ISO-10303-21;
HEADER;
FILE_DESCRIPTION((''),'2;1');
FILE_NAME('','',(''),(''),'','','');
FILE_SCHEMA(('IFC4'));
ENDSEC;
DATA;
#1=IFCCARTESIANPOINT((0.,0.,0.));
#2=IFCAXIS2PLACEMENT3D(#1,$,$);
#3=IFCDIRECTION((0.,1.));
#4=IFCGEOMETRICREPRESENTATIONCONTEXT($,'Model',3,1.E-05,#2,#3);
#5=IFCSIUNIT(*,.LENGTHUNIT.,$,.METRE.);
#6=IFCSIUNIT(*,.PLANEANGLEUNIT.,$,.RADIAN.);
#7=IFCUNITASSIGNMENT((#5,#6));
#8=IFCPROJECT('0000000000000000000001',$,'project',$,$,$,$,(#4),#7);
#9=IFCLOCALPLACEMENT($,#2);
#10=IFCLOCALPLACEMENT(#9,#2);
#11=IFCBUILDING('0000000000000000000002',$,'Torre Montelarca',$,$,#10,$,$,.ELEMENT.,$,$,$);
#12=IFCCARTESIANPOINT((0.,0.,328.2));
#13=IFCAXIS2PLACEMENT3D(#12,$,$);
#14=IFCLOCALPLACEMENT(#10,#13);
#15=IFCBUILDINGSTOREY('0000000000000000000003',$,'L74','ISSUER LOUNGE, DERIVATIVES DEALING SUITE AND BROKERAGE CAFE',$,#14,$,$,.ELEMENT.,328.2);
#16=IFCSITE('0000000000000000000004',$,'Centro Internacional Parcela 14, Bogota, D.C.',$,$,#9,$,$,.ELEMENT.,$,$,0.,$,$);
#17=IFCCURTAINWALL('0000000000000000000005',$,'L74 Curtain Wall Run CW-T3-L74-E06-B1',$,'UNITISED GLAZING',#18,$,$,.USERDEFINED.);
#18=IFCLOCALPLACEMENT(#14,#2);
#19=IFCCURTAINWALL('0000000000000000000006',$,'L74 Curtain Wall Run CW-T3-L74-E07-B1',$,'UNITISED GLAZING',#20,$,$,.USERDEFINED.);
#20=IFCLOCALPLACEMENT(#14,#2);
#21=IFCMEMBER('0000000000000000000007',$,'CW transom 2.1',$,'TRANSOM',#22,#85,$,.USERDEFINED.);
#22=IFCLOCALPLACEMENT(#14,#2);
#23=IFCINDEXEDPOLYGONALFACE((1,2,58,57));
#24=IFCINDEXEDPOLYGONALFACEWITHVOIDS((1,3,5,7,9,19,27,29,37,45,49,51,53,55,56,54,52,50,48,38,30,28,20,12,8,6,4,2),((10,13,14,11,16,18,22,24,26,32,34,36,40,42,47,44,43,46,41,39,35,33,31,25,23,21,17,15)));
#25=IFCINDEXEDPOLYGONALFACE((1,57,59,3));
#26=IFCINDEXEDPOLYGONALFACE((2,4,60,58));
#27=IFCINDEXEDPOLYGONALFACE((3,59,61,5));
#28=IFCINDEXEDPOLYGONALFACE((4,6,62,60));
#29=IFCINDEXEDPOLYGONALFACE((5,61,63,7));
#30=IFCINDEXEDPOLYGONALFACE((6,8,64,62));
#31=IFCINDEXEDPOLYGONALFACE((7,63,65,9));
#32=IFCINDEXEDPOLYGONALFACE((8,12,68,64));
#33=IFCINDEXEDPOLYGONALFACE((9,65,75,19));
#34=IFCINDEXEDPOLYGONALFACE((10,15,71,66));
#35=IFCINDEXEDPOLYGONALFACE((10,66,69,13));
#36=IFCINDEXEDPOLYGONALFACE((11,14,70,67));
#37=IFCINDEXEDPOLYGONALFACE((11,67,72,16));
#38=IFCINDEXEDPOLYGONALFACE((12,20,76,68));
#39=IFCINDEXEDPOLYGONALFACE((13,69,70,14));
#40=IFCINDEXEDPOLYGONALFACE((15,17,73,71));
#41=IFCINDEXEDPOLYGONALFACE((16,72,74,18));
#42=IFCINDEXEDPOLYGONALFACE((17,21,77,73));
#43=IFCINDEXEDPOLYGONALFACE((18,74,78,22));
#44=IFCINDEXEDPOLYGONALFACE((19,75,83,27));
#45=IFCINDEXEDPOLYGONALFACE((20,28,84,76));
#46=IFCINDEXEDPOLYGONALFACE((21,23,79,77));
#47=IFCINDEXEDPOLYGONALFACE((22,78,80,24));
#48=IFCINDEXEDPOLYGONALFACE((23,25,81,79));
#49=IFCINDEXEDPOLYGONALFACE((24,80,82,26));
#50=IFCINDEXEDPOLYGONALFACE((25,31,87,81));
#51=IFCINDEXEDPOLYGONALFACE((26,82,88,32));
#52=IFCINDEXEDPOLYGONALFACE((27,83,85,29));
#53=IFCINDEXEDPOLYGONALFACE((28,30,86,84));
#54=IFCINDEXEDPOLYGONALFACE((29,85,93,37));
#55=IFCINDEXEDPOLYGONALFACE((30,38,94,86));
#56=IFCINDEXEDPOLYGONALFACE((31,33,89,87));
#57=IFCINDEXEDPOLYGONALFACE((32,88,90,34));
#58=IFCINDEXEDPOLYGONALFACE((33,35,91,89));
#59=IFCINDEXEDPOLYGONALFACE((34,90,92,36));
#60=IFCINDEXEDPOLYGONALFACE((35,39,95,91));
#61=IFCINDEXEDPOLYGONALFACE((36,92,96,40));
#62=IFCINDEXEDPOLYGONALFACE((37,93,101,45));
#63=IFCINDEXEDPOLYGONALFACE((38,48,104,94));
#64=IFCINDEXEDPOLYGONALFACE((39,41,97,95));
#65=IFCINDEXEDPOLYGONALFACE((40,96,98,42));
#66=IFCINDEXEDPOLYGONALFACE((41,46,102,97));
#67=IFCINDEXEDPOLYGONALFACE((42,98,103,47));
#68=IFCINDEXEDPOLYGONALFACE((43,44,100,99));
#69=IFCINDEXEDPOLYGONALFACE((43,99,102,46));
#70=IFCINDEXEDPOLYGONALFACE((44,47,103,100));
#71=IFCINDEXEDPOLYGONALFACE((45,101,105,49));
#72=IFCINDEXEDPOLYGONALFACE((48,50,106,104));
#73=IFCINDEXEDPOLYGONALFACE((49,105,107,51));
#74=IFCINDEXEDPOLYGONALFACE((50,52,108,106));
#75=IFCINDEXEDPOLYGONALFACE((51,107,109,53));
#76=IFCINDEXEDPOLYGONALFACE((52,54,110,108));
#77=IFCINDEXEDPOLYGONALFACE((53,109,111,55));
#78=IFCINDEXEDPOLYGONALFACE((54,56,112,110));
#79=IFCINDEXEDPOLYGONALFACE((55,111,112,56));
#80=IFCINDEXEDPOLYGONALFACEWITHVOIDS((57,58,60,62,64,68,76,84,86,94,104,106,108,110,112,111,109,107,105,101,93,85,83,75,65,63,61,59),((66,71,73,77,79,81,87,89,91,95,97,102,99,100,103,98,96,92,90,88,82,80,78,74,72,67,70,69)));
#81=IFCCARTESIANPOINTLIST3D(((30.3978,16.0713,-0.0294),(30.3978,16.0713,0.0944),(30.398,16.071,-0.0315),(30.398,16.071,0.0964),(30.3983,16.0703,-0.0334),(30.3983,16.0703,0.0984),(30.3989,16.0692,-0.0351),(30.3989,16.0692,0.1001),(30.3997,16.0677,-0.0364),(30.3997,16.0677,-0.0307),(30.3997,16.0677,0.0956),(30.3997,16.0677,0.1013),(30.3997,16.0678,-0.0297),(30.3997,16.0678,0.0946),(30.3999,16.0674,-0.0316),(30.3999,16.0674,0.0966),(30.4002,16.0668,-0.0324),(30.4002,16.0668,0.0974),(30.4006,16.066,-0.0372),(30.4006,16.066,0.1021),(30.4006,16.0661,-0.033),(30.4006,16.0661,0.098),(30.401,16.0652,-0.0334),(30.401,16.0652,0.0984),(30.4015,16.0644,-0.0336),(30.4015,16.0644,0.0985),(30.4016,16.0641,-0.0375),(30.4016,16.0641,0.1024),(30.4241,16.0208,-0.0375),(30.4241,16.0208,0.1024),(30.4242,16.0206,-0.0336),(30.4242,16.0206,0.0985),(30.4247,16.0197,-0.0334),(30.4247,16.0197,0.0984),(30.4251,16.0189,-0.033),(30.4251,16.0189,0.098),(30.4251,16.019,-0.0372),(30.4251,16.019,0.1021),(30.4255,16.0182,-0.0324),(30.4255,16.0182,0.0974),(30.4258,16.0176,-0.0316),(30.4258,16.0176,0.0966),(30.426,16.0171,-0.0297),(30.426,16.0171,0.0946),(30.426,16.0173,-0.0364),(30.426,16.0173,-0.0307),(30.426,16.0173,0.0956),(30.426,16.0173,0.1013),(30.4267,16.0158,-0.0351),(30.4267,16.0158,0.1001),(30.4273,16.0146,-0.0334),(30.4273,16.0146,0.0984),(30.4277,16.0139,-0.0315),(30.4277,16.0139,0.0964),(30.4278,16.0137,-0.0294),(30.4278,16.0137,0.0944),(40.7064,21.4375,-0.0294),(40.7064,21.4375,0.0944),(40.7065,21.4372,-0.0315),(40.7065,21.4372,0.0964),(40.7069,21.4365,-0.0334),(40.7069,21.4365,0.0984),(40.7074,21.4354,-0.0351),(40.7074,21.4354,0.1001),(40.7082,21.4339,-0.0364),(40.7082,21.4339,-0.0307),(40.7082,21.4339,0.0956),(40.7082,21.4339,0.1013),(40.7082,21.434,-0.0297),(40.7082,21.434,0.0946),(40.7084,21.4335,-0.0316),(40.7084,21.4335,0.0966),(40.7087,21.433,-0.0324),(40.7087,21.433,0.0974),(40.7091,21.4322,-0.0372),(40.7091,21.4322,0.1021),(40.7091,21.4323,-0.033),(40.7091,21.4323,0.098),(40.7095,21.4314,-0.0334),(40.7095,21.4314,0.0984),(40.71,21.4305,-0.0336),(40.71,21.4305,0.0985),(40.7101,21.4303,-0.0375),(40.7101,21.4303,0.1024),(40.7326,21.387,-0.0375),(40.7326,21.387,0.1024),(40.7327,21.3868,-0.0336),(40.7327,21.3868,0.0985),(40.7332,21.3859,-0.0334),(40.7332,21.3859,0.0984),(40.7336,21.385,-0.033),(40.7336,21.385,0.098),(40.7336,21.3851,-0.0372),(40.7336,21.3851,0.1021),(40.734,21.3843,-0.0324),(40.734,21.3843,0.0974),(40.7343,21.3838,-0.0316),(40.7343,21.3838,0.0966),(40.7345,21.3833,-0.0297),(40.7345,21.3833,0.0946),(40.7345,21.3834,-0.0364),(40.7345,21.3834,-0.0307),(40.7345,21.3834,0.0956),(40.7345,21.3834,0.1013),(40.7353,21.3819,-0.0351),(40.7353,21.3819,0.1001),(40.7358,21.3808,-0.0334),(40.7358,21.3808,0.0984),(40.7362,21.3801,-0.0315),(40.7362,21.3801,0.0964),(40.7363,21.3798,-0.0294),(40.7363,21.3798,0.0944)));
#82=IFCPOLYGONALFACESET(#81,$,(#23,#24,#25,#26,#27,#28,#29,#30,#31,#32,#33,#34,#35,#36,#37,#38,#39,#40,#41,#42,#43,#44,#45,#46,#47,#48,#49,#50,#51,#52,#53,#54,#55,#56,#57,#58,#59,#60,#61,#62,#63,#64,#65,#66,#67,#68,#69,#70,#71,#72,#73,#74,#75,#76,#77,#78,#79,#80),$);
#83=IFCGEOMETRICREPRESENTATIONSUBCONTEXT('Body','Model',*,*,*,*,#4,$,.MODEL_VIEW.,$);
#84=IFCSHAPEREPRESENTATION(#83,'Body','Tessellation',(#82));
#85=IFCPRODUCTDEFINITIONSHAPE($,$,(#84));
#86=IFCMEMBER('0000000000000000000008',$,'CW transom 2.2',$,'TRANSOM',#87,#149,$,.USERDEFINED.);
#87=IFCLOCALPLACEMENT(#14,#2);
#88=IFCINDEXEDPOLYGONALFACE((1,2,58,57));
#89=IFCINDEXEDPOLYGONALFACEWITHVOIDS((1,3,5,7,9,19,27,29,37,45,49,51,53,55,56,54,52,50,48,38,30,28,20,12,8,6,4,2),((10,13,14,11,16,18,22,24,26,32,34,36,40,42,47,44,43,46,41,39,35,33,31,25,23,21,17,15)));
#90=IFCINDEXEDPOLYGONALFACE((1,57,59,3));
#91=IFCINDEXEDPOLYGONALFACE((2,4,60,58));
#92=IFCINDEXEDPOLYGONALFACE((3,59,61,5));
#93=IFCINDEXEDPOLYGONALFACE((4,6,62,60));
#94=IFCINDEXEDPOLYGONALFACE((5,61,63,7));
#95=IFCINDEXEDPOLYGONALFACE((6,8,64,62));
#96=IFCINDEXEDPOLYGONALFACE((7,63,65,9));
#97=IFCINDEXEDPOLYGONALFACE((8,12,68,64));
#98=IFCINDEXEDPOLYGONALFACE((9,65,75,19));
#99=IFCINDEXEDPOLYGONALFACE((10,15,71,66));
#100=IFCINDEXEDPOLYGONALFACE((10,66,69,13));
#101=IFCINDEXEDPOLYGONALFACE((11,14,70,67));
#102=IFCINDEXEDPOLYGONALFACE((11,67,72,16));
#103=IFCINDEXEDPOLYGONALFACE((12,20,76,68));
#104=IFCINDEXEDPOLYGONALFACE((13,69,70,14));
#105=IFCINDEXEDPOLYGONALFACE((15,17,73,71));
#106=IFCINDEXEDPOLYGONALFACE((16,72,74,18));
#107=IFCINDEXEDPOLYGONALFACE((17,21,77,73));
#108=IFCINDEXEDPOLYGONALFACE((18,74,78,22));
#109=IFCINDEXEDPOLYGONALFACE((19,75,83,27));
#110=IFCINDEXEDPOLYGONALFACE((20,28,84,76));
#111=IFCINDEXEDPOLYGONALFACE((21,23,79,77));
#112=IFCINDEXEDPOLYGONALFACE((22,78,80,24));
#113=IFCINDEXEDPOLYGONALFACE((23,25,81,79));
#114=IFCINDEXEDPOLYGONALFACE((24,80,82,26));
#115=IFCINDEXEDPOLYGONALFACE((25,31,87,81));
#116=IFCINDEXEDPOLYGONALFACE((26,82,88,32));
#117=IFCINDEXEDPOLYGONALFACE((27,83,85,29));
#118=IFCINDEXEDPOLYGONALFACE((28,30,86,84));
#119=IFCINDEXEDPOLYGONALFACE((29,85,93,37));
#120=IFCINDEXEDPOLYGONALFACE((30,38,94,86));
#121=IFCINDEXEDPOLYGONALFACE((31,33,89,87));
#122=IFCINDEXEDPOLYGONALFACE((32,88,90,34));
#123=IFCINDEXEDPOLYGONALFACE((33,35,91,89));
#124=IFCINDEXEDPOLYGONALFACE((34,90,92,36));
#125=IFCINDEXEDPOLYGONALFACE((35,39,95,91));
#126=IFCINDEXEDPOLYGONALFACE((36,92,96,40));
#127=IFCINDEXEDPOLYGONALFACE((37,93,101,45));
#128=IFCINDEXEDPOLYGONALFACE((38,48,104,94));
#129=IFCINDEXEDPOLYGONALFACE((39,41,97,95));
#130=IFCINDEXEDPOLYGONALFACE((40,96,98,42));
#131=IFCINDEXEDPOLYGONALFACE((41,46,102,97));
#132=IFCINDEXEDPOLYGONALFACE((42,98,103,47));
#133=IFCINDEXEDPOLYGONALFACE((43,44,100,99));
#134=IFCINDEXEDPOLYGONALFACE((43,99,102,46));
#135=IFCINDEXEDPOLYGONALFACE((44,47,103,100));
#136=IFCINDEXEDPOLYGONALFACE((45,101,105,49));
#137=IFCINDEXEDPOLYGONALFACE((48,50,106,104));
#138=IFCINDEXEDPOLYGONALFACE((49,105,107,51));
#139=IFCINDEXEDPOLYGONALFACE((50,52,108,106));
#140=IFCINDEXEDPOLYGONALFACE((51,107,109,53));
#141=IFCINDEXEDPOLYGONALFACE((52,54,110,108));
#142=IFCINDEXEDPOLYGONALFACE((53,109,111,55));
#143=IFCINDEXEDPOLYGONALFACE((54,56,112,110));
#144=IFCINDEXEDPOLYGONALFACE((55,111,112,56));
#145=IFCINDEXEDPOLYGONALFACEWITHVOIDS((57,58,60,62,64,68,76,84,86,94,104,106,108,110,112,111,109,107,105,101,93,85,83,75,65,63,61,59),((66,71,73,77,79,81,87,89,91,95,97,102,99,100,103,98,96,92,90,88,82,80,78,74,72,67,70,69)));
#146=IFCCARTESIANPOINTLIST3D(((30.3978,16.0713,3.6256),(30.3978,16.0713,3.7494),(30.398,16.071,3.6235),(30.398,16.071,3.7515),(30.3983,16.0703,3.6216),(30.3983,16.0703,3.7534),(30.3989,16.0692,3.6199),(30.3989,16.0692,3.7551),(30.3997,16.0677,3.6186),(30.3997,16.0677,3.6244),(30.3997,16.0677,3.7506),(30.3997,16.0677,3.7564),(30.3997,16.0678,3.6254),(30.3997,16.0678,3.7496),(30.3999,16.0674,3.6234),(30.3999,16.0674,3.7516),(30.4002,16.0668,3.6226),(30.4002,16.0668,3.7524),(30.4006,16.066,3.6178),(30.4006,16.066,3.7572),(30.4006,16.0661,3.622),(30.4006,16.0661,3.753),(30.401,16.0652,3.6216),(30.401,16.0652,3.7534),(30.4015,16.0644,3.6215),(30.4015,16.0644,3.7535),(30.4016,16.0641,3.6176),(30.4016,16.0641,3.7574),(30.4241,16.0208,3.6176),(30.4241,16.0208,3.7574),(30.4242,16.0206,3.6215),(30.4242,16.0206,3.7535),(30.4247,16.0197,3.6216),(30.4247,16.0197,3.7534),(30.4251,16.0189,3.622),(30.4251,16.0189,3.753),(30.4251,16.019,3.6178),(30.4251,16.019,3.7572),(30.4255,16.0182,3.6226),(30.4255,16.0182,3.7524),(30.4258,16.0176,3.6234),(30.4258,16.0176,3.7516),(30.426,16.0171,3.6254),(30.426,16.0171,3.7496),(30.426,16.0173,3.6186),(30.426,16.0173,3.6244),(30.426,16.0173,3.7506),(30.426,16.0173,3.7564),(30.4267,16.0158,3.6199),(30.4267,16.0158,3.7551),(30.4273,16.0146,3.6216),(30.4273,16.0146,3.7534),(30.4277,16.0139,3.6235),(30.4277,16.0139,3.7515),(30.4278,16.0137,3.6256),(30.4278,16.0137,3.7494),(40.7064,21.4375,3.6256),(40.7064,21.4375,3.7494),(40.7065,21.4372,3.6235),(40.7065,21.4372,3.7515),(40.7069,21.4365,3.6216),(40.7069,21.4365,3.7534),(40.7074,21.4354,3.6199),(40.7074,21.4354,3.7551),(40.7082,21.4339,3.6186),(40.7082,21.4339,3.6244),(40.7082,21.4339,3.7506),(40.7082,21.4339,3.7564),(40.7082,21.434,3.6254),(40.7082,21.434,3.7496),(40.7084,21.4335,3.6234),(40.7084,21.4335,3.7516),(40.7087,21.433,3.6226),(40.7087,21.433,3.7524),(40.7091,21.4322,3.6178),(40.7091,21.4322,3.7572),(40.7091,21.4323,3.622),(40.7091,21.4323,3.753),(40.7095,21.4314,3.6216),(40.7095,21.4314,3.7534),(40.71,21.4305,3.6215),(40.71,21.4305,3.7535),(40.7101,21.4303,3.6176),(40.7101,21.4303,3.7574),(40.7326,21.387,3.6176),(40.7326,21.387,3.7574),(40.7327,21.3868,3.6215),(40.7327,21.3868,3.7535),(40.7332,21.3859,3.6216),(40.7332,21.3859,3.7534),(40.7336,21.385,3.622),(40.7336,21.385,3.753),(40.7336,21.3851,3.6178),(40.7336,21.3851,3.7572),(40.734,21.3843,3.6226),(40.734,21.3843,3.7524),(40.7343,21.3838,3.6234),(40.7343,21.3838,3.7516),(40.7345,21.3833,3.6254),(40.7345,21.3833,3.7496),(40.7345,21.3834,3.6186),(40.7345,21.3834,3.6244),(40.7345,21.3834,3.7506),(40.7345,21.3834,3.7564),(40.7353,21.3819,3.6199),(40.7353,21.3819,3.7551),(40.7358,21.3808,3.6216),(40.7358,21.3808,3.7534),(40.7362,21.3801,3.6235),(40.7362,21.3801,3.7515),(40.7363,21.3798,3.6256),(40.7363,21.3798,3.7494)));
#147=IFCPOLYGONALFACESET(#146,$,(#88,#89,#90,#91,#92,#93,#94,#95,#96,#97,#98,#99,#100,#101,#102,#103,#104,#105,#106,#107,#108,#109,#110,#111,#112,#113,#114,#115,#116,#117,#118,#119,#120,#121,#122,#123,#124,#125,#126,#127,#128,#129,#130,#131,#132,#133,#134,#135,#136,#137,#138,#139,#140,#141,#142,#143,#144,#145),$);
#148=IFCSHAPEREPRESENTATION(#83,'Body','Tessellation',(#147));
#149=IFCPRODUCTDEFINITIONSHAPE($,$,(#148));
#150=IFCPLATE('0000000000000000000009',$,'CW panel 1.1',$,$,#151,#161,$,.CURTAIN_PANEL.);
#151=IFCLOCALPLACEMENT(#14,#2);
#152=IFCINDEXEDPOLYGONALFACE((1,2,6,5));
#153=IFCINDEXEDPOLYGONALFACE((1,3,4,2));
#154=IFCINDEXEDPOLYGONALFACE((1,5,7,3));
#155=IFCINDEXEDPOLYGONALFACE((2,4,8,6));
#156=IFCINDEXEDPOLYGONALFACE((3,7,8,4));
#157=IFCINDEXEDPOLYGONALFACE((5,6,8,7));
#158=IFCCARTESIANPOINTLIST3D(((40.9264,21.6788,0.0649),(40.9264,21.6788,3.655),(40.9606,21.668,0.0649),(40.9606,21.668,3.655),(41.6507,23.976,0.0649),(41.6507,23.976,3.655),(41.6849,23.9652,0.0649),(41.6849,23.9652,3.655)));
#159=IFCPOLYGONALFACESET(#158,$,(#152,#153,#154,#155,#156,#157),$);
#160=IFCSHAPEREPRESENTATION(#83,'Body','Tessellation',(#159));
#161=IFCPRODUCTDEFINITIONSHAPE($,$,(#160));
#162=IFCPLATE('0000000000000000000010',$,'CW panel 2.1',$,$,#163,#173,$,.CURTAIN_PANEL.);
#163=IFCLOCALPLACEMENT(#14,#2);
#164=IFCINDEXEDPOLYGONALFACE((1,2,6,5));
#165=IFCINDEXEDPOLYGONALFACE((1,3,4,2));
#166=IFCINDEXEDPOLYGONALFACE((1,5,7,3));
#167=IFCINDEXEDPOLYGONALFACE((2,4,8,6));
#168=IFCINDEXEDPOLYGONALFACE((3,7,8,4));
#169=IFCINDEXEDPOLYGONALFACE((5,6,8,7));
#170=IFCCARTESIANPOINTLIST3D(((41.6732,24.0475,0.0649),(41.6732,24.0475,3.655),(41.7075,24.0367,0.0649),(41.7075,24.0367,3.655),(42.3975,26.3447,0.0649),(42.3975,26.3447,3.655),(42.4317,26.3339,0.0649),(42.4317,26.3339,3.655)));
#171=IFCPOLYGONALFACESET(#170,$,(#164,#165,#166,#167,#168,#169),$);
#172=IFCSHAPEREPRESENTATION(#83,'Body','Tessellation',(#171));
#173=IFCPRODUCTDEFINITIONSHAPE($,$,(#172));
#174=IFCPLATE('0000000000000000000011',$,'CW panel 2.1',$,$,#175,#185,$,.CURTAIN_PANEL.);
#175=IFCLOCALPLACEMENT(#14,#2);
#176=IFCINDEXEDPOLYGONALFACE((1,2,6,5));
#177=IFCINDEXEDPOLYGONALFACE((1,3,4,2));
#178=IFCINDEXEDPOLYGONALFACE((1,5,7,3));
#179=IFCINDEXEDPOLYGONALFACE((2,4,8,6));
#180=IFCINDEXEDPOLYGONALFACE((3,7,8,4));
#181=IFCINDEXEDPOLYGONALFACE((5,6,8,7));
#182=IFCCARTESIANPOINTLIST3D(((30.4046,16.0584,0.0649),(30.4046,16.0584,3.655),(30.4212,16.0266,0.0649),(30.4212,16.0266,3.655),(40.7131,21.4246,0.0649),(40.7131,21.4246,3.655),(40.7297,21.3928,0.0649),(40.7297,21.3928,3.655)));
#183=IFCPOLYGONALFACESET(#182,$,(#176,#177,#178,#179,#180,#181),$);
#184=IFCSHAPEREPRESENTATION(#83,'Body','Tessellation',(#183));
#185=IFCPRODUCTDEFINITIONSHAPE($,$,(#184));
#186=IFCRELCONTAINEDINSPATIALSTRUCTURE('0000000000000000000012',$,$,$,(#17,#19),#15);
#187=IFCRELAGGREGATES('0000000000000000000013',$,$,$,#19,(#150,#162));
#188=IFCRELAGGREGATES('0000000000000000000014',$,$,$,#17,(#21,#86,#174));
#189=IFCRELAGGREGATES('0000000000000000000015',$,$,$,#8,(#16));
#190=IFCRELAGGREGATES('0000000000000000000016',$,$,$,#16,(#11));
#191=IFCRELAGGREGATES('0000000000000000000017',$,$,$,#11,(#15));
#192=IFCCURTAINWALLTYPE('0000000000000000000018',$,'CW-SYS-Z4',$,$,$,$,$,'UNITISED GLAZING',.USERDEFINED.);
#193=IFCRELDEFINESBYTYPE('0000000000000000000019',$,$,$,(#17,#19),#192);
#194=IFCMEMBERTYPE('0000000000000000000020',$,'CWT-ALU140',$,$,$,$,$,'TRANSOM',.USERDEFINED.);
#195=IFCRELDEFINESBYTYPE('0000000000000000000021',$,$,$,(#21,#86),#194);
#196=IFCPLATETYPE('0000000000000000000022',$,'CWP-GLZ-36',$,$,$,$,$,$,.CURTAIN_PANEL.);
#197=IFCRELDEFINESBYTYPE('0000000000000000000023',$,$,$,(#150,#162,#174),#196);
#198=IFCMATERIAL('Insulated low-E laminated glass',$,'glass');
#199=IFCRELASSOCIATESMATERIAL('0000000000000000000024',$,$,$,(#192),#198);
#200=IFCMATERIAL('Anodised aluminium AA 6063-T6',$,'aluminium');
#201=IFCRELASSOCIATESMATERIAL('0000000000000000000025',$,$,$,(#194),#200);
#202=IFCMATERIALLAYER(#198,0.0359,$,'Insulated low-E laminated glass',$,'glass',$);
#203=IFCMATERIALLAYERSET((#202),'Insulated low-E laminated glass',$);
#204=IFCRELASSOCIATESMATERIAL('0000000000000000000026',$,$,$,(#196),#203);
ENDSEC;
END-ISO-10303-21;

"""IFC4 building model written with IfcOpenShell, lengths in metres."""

from ifc_helpers import new_model, si_unit, direction, frame, origin, origin_2d, place, context, subcontext, project, spatial, rectangle, hollow_rectangle, extrude, source, transform, mapped, material, layer, layer_set, material_profile, profile_set, type_object, element, aggregate, save


model = new_model("IFC4")

# Units and contexts
model_context = context("Model", 3, precision=1e-05, world=origin(), true_north=direction((0.0, 1.0)))
body_context = subcontext(model_context, "Body", "Model", "MODEL_VIEW")
ifc_project = project(units=[si_unit("LENGTHUNIT", "METRE"), si_unit("PLANEANGLEUNIT", "RADIAN")], contexts=[model_context])

# Site, building, storey
site_placement = place(None, origin())
site = spatial("IfcSite", under=ifc_project, at=site_placement, Name="Centro Internacional Parcela 14, Bogota, D.C.", CompositionType="ELEMENT", RefElevation=0.0)
building_placement = place(site_placement, origin())
building = spatial("IfcBuilding", under=site, at=building_placement, Name="Torre Montelarca", CompositionType="ELEMENT")
storey_placement = place(building_placement, frame((0.0, 0.0, 328.2)))
storey = spatial("IfcBuildingStorey", under=building, at=storey_placement, Name="L74", Description="ISSUER LOUNGE, DERIVATIVES DEALING SUITE AND BROKERAGE CAFE", CompositionType="ELEMENT", Elevation=328.2)

# Curtain walls
ifc_material_1 = material(Name="Insulated low-E laminated glass", Category="glass")
curtain_wall_type = type_object("IfcCurtainWallType", Name="CW-SYS-Z4", ElementType="UNITISED GLAZING", PredefinedType="USERDEFINED", material=ifc_material_1)
curtain_wall_1_placement = place(storey_placement, origin())
curtain_wall_1 = element("IfcCurtainWall", 1, at=curtain_wall_1_placement, inside=storey, type_object=curtain_wall_type, Name="L74 Curtain Wall Run CW-T3-L74-E06-B1", ObjectType="UNITISED GLAZING", PredefinedType="USERDEFINED")
ifc_material_2 = material(Name="Anodised aluminium AA 6063-T6", Category="aluminium")
curtain_wall_2_placement = place(storey_placement, origin())
curtain_wall_2 = element("IfcCurtainWall", 2, at=curtain_wall_2_placement, inside=storey, type_object=curtain_wall_type, Name="L74 Curtain Wall Run CW-T3-L74-E07-B1", ObjectType="UNITISED GLAZING", PredefinedType="USERDEFINED")

# Members
ifc_material_profile_1 = material_profile(ifc_material_2, hollow_rectangle(XDim=0.0649, YDim=0.1399, WallThickness=0.0039, InnerFilletRadius=0.0039, OuterFilletRadius=0.0081, at=origin_2d()), Name="ALU65X140X4", Category="aluminium")
ifc_profile_set_1 = profile_set([ifc_material_profile_1], Name="Anodised aluminium AA 6063-T6")
member_type_1 = type_object("IfcMemberType", Name="CWT-ALU140", ElementType="TRANSOM", PredefinedType="USERDEFINED", material=ifc_profile_set_1)
shared_shape_1 = source(origin(), body_context, "Body", "SweptSolid", [
    extrude(hollow_rectangle(XDim=0.0649, YDim=0.1399, WallThickness=0.0039, InnerFilletRadius=0.0039, OuterFilletRadius=0.0081, at=origin_2d()), origin(), (0.0, 0.0, 1.0), 11.6216),
])
member_1_placement = place(storey_placement, frame((30.4128, 16.0425, 0.0325), z_axis=(0.887014, 0.461742, 0.0), x_axis=(-0.461742, 0.887014, 0.0)))
member_1 = element("IfcMember", 3, at=member_1_placement, type_object=member_type_1, Name="CW transom 2.1", ObjectType="TRANSOM", PredefinedType="USERDEFINED", context=body_context, shape_type="MappedRepresentation", body=[
    mapped(shared_shape_1, transform((0.0, 0.0, 0.0), scale=1.0)),
])
member_2_placement = place(storey_placement, frame((30.4128, 16.0425, 3.6875), z_axis=(0.887014, 0.461742, 0.0), x_axis=(-0.461742, 0.887014, 0.0)))
member_2 = element("IfcMember", 4, at=member_2_placement, type_object=member_type_1, Name="CW transom 2.2", ObjectType="TRANSOM", PredefinedType="USERDEFINED", context=body_context, shape_type="MappedRepresentation", body=[
    mapped(shared_shape_1, transform((0.0, 0.0, 0.0), scale=1.0)),
])

# Plates
ifc_layer_1 = layer(ifc_material_1, 0.0359, Name="Insulated low-E laminated glass", Category="glass")
ifc_layer_set_1 = layer_set([ifc_layer_1], Name="Insulated low-E laminated glass")
plate_type = type_object("IfcPlateType", Name="CWP-GLZ-36", PredefinedType="CURTAIN_PANEL", material=ifc_layer_set_1)
shared_shape_2 = source(origin(), body_context, "Body", "SweptSolid", [
    extrude(rectangle(XDim=2.4087, YDim=0.0359, at=origin_2d()), origin(), (0.0, 0.0, 1.0), 3.5901),
])
plate_1_placement = place(storey_placement, frame((41.3057, 22.822, 0.0649), z_axis=(0.0, 0.0, 1.0), x_axis=(0.300693, 0.953721, 0.0)))
plate_1 = element("IfcPlate", 5, at=plate_1_placement, type_object=plate_type, Name="CW panel 1.1", PredefinedType="CURTAIN_PANEL", context=body_context, shape_type="MappedRepresentation", body=[
    mapped(shared_shape_2, transform((0.0, 0.0, 0.0), scale=1.0)),
])
plate_2_placement = place(storey_placement, frame((42.0525, 25.1907, 0.0649), z_axis=(0.0, 0.0, 1.0), x_axis=(0.300693, 0.953721, 0.0)))
plate_2 = element("IfcPlate", 6, at=plate_2_placement, type_object=plate_type, Name="CW panel 2.1", PredefinedType="CURTAIN_PANEL", context=body_context, shape_type="MappedRepresentation", body=[
    mapped(shared_shape_2, transform((0.0, 0.0, 0.0), scale=1.0)),
])
aggregate(curtain_wall_2, [plate_1, plate_2])
shared_shape_3 = source(origin(), body_context, "Body", "SweptSolid", [
    extrude(rectangle(XDim=11.6216, YDim=0.0359, at=origin_2d()), origin(), (0.0, 0.0, 1.0), 3.5901),
])
plate_3_placement = place(storey_placement, frame((35.5671, 18.7256, 0.0649), z_axis=(0.0, 0.0, 1.0), x_axis=(0.887012, 0.461746, 0.0)))
plate_3 = element("IfcPlate", 7, at=plate_3_placement, type_object=plate_type, Name="CW panel 2.1", PredefinedType="CURTAIN_PANEL", context=body_context, shape_type="MappedRepresentation", body=[
    mapped(shared_shape_3, transform((0.0, 0.0, 0.0), scale=1.0)),
])
aggregate(curtain_wall_1, [member_1, member_2, plate_3])

save(model, "model.ifc")
